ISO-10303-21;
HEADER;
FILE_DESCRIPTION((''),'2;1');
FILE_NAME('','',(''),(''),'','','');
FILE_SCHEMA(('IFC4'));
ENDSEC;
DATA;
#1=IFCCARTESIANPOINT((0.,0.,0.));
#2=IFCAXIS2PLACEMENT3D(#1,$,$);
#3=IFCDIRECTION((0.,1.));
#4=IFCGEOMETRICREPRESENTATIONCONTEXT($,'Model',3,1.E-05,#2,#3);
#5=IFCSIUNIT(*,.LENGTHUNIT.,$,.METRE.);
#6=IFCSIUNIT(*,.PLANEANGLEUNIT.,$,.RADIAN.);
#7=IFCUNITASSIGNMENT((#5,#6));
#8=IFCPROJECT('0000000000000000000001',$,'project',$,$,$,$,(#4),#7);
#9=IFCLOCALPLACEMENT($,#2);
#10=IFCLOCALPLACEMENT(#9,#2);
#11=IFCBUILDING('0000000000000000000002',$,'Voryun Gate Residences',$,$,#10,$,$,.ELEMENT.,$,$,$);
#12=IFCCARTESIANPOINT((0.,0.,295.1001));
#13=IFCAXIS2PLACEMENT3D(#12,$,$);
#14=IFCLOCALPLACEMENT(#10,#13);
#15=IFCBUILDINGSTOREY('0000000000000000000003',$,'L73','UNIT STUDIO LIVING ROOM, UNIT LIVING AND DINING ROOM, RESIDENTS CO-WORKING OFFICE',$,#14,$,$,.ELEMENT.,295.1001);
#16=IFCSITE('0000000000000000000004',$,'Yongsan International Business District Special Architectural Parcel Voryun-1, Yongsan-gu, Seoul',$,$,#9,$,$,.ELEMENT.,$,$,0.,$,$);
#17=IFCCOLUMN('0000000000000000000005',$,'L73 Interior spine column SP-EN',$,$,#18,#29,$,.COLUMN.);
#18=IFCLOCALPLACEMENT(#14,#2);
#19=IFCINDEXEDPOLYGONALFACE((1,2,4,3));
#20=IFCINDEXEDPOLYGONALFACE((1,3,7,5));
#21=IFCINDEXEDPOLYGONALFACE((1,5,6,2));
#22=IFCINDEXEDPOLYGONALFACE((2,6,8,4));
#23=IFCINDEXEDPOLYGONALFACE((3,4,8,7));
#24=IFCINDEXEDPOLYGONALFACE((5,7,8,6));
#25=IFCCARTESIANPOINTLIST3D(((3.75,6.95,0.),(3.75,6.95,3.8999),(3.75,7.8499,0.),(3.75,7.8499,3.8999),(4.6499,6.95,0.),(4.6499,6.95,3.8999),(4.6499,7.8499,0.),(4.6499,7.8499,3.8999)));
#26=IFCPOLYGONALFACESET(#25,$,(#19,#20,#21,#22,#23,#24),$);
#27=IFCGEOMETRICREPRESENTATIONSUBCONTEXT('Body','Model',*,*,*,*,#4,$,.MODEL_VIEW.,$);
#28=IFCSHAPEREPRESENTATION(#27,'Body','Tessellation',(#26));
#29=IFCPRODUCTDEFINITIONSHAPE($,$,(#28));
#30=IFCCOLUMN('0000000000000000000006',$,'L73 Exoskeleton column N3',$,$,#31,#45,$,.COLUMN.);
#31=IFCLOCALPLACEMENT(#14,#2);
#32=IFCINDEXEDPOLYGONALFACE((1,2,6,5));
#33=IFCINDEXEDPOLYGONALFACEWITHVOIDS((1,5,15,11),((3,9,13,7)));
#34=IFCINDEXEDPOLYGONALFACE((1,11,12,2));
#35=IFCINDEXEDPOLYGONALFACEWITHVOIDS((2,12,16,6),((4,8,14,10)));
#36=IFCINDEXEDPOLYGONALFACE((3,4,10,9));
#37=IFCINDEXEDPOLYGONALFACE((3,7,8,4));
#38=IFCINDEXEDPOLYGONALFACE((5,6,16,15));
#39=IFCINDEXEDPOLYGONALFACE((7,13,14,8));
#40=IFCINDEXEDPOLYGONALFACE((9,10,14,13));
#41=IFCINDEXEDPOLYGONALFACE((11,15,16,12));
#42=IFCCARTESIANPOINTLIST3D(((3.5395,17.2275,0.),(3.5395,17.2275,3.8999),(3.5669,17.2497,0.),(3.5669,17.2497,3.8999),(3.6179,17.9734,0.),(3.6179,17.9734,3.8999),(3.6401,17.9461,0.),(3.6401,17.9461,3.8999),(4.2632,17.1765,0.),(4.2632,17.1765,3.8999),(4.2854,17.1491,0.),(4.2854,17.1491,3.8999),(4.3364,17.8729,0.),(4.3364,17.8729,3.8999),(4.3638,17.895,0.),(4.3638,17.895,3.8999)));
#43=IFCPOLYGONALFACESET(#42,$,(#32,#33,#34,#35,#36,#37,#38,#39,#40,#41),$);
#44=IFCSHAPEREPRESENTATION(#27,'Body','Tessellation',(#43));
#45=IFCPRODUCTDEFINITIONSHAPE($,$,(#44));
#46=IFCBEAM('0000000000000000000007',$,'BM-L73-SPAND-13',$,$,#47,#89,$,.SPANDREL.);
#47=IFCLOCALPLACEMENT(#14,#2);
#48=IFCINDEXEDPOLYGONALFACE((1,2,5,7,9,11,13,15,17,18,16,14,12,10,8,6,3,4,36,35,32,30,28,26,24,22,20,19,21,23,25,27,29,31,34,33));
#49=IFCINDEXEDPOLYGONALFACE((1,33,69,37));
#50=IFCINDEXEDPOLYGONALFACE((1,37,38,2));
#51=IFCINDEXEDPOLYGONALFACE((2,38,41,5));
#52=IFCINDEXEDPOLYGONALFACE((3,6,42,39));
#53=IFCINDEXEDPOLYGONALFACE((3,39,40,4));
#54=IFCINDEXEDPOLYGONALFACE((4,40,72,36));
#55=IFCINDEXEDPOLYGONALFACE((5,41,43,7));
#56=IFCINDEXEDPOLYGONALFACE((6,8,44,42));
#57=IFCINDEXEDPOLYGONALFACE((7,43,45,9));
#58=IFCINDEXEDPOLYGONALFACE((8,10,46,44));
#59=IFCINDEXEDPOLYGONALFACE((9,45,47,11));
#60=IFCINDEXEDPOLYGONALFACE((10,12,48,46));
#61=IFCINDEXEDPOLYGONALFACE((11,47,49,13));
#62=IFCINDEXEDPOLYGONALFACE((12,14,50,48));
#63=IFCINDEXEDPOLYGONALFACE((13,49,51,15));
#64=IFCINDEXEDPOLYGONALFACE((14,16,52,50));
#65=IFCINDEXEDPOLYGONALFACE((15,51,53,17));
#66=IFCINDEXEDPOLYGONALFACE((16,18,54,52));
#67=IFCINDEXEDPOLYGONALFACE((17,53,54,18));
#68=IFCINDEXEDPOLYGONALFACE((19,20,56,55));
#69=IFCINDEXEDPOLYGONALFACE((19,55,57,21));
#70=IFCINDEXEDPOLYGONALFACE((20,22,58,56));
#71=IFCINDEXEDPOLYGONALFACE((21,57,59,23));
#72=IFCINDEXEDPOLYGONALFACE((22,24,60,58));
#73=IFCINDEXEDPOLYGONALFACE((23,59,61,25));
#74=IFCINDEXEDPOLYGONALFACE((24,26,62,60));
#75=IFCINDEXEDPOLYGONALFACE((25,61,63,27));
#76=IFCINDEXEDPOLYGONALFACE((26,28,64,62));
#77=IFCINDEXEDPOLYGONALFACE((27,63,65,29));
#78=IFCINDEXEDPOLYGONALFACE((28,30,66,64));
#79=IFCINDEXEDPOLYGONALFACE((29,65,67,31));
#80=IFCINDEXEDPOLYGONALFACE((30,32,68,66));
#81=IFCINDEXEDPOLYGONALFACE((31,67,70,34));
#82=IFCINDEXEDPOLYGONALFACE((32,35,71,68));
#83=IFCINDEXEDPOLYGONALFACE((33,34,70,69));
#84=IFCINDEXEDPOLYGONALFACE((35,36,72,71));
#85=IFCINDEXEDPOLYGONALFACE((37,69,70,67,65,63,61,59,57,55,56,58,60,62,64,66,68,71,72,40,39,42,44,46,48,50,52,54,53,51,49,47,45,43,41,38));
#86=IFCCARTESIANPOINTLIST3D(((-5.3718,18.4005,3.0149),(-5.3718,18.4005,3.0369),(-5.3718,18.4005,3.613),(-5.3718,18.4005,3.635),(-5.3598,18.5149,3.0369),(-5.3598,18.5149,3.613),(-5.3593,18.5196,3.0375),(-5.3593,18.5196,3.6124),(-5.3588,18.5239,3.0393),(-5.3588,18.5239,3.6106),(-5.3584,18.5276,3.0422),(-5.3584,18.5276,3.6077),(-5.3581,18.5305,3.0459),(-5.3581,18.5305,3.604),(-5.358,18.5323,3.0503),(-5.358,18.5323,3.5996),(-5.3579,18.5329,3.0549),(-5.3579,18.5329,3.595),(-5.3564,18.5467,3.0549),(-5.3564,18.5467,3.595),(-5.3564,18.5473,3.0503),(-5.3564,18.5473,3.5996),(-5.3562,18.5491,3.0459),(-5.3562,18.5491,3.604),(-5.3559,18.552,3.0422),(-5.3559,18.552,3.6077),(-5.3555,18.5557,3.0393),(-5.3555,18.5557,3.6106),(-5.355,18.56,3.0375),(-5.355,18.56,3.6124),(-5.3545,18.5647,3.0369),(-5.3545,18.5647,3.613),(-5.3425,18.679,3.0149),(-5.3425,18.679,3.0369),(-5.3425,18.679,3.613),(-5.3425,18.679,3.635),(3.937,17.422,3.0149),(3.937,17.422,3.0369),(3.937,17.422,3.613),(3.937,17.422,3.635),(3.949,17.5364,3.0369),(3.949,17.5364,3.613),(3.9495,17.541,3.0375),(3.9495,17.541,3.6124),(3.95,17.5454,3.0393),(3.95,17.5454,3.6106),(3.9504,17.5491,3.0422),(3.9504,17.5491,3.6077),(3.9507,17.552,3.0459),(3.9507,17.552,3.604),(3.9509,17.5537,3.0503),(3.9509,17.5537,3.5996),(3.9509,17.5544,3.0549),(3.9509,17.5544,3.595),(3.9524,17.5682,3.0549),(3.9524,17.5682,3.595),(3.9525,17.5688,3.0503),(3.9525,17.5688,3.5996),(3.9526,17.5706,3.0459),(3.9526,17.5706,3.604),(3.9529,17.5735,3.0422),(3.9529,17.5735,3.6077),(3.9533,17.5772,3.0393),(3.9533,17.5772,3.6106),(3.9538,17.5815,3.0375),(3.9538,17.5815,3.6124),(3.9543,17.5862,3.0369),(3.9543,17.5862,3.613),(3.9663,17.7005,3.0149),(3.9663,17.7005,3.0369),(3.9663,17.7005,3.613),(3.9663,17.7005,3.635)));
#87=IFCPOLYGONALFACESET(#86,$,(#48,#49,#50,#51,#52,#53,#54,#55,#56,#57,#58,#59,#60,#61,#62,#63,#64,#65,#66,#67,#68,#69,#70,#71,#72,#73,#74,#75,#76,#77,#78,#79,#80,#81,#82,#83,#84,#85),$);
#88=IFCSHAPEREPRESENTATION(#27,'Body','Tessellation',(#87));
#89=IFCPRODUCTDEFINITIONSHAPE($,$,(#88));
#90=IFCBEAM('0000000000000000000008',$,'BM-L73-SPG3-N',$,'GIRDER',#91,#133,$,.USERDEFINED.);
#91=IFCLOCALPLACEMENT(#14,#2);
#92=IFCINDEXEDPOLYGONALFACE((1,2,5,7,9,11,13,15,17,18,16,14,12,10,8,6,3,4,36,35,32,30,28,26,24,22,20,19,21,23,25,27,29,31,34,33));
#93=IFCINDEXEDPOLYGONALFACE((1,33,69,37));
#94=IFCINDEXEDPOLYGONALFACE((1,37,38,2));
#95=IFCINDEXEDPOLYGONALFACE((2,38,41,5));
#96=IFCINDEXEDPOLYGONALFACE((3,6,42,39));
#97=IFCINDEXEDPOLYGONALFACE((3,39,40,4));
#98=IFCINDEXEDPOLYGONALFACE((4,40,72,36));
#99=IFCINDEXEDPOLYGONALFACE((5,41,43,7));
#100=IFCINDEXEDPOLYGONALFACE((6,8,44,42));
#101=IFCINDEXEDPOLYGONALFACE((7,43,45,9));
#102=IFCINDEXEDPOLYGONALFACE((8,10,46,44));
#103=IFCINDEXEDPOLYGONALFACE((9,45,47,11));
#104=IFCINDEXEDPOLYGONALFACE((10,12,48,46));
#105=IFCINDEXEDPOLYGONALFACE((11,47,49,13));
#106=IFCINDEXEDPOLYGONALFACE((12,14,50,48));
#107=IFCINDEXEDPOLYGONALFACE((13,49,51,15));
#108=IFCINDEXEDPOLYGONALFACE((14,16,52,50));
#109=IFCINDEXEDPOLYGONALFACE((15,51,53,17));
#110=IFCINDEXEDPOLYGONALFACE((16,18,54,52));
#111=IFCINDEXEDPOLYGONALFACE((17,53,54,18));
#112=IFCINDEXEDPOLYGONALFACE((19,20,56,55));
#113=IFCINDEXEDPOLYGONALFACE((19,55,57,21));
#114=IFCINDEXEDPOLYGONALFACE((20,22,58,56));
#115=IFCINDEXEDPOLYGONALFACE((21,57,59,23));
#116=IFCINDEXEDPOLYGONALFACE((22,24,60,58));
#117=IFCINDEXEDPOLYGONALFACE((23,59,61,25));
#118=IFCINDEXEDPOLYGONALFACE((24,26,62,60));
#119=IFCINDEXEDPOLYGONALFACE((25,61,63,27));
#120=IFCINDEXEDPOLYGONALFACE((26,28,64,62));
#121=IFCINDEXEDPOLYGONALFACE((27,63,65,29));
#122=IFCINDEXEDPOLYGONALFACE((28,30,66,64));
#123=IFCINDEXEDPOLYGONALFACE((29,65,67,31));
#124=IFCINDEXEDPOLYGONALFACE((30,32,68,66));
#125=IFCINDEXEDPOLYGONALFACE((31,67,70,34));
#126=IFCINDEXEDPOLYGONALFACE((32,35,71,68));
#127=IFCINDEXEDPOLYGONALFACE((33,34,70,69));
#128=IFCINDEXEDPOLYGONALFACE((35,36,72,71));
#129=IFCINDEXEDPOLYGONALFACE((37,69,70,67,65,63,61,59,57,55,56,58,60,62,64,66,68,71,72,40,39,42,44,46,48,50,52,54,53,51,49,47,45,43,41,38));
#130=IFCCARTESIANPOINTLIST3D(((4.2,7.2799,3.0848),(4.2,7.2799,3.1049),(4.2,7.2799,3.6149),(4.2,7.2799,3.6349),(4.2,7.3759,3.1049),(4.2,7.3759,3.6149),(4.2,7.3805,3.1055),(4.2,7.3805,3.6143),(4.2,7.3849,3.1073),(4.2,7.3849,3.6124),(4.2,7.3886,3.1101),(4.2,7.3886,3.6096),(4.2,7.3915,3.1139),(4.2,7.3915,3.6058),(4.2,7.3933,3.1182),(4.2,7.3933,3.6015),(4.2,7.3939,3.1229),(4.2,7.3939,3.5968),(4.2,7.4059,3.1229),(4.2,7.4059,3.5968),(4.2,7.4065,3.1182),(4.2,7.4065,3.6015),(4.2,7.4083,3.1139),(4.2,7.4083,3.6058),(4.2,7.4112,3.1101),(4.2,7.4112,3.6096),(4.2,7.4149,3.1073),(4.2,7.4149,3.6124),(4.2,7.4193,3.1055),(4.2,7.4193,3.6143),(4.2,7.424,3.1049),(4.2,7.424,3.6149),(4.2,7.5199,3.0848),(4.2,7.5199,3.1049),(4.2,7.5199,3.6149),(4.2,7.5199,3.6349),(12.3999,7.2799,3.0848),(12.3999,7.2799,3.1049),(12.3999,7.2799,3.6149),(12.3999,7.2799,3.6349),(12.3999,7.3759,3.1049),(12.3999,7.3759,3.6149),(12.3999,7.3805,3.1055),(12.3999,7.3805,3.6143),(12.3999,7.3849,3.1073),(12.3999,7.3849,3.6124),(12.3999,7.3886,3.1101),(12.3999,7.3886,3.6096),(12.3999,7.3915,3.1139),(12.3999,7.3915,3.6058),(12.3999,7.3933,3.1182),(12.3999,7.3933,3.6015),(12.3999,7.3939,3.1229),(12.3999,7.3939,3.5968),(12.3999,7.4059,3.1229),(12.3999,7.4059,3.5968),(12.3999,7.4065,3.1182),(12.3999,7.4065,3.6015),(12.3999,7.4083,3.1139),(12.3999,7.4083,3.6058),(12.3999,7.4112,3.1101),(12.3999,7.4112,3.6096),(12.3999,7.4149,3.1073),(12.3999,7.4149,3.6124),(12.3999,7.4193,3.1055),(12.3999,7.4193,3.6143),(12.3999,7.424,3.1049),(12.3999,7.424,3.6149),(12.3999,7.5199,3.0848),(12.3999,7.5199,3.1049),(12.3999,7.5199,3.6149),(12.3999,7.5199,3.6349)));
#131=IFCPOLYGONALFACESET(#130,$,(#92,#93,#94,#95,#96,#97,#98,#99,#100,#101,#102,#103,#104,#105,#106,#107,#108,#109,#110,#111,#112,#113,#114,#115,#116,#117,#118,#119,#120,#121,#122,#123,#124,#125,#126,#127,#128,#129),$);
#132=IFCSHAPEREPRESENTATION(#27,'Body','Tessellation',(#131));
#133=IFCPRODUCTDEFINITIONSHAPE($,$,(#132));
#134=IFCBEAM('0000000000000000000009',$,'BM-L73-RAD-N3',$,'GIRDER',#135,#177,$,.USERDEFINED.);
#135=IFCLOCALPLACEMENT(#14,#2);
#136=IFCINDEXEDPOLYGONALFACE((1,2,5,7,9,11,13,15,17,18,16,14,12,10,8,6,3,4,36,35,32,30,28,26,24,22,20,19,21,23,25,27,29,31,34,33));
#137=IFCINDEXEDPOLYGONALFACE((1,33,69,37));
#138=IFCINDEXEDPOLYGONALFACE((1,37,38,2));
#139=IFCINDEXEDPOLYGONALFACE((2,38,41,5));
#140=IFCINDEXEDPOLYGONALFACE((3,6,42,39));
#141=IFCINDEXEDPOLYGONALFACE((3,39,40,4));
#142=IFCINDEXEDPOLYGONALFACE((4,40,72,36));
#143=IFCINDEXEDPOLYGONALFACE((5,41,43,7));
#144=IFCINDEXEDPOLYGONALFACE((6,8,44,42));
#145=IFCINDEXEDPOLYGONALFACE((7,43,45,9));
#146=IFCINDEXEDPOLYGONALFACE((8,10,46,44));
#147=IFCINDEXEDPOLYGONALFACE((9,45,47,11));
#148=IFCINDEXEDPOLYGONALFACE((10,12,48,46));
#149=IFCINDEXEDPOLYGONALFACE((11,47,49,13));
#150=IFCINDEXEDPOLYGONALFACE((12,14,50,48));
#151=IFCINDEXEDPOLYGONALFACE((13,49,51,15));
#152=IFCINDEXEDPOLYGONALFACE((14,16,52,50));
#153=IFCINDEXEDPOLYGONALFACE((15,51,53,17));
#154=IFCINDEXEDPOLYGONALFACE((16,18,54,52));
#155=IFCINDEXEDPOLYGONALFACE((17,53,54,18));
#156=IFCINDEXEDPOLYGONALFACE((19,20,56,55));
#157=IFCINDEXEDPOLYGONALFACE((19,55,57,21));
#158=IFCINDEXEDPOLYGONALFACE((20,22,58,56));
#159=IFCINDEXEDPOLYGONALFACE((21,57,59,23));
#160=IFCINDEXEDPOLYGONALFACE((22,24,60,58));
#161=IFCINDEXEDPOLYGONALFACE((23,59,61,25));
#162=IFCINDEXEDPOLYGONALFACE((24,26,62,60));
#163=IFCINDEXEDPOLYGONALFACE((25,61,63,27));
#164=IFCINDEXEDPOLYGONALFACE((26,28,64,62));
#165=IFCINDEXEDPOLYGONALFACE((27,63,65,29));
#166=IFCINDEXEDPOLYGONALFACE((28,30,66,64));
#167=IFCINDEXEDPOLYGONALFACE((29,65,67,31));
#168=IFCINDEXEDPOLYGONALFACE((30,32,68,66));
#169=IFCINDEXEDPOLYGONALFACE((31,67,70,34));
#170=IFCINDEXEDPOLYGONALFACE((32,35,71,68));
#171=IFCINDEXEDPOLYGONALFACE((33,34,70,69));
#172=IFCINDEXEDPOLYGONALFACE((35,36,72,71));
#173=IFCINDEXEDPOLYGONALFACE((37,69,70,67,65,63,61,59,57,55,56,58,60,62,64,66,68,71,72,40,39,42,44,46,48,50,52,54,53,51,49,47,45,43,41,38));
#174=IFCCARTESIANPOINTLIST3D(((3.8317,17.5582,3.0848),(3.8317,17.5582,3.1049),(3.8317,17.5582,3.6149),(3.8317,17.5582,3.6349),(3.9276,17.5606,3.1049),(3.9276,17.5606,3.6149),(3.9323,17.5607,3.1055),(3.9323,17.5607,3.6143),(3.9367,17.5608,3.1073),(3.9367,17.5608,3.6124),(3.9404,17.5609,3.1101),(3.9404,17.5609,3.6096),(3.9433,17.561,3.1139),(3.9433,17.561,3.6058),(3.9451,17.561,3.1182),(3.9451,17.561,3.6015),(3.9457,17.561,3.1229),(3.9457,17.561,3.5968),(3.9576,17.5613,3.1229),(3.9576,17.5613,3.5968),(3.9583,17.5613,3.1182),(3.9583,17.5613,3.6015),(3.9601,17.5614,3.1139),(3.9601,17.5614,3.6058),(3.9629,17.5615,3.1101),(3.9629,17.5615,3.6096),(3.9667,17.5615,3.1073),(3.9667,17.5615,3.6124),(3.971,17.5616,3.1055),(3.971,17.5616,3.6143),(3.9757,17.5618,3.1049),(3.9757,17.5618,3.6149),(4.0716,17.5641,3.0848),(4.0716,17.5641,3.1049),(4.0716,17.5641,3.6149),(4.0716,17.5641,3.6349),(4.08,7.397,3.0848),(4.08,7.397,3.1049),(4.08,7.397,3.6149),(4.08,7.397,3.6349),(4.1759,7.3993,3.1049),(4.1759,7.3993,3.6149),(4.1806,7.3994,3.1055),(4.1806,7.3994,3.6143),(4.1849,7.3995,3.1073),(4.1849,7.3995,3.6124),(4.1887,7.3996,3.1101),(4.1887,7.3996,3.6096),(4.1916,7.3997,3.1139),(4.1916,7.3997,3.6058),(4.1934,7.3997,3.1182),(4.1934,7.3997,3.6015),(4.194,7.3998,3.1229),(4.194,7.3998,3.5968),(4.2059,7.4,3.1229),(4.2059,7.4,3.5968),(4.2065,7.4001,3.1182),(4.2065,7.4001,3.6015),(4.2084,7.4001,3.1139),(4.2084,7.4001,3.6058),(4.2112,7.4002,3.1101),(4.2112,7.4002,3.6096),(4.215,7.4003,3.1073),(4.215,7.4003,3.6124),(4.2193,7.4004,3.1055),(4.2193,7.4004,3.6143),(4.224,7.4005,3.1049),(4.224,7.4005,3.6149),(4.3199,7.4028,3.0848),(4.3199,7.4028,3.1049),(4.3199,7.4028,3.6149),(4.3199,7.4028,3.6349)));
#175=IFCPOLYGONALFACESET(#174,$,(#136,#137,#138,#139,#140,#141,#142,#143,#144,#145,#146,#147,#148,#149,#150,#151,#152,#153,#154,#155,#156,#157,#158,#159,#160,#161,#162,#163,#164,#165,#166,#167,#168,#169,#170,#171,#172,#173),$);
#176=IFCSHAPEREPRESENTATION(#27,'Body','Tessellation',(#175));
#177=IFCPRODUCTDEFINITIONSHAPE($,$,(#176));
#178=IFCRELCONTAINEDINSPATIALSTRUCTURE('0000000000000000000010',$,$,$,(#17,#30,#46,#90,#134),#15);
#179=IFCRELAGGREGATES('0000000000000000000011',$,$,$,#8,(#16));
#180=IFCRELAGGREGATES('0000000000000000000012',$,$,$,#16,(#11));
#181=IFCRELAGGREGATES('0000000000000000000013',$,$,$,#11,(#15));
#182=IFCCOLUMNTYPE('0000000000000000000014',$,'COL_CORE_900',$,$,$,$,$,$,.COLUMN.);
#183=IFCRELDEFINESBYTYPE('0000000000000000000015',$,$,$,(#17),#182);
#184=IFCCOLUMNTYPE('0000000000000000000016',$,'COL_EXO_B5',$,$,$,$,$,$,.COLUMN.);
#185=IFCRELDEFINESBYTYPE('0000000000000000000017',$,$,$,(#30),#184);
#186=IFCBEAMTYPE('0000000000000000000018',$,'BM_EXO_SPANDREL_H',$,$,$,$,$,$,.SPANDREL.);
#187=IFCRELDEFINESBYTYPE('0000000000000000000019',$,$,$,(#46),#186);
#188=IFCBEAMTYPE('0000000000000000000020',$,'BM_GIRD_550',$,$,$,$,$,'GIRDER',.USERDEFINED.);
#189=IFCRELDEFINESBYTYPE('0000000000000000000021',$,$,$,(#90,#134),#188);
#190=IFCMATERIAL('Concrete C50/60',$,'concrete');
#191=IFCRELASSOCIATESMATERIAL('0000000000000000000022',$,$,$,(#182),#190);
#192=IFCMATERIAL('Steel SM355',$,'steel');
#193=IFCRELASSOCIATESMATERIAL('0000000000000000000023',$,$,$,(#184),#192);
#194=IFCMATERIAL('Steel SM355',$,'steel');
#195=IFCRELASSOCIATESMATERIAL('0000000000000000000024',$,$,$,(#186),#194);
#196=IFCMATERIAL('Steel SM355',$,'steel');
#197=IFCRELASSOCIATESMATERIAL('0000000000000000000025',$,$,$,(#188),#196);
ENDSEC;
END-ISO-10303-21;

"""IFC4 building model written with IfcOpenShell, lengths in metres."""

from ifc_helpers import new_model, si_unit, direction, frame, origin, origin_2d, place, context, subcontext, project, spatial, rectangle, hollow_rectangle, i_section, extrude, material, material_profile, profile_set, type_object, element, save


model = new_model("IFC4")

# Units and contexts
model_context = context("Model", 3, precision=1e-05, world=origin(), true_north=direction((0.0, 1.0)))
body_context = subcontext(model_context, "Body", "Model", "MODEL_VIEW")
ifc_project = project(units=[si_unit("LENGTHUNIT", "METRE"), si_unit("PLANEANGLEUNIT", "RADIAN")], contexts=[model_context])

# Site, building, storey
site_placement = place(None, origin())
site = spatial("IfcSite", under=ifc_project, at=site_placement, Name="Yongsan International Business District Special Architectural Parcel Voryun-1, Yongsan-gu, Seoul", CompositionType="ELEMENT", RefElevation=0.0)
building_placement = place(site_placement, origin())
building = spatial("IfcBuilding", under=site, at=building_placement, Name="Voryun Gate Residences", CompositionType="ELEMENT")
storey_placement = place(building_placement, frame((0.0, 0.0, 295.1001)))
storey = spatial("IfcBuildingStorey", under=building, at=storey_placement, Name="L73", Description="UNIT STUDIO LIVING ROOM, UNIT LIVING AND DINING ROOM, RESIDENTS CO-WORKING OFFICE", CompositionType="ELEMENT", Elevation=295.1001)

# Columns
ifc_material_1 = material(Name="Concrete C50/60", Category="concrete")
ifc_material_profile_1 = material_profile(ifc_material_1, rectangle(XDim=0.8999, YDim=0.8999, at=origin_2d()), Name="RC-900x900")
ifc_profile_set_1 = profile_set([ifc_material_profile_1], Name="Concrete C50/60")
column_type_1 = type_object("IfcColumnType", Name="COL_CORE_900", PredefinedType="COLUMN", material=ifc_profile_set_1)
column_1_placement = place(storey_placement, frame((4.2, 7.3999, 0.0), z_axis=(0.0, 0.0, 1.0), x_axis=(1.0, 0.0, 0.0)))
element("IfcColumn", 1, at=column_1_placement, inside=storey, type_object=column_type_1, Name="L73 Interior spine column SP-EN", PredefinedType="COLUMN", context=body_context, shape_type="SweptSolid", body=[
    extrude(rectangle(XDim=0.8999, YDim=0.8999, at=origin_2d()), origin(), (0.0, 0.0, 1.0), 3.8999),
])
ifc_material_2 = material(Name="Steel SM355", Category="steel")
ifc_material_profile_2 = material_profile(ifc_material_2, hollow_rectangle(XDim=0.75, YDim=0.75, WallThickness=0.0249, at=origin_2d()), Name="BOX-750x750x25")
ifc_profile_set_2 = profile_set([ifc_material_profile_2], Name="Steel SM355")
column_type_2 = type_object("IfcColumnType", Name="COL_EXO_B5", PredefinedType="COLUMN", material=ifc_profile_set_2)
column_2_placement = place(storey_placement, frame((3.9517, 17.5613, 0.0), z_axis=(0.0, 0.0, 1.0), x_axis=(0.994522, -0.104528, 0.0)))
element("IfcColumn", 2, at=column_2_placement, inside=storey, type_object=column_type_2, Name="L73 Exoskeleton column N3", PredefinedType="COLUMN", context=body_context, shape_type="SweptSolid", body=[
    extrude(hollow_rectangle(XDim=0.75, YDim=0.75, WallThickness=0.0249, at=origin_2d()), origin(), (0.0, 0.0, 1.0), 3.8999),
])

# Beams
ifc_material_3 = material(Name="Steel SM355", Category="steel")
ifc_material_profile_3 = material_profile(ifc_material_3, i_section(OverallWidth=0.28, OverallDepth=0.6201, WebThickness=0.0139, FlangeThickness=0.022, FilletRadius=0.0181, at=origin_2d()), Name="H-620x280x14x22")
ifc_profile_set_3 = profile_set([ifc_material_profile_3], Name="Steel SM355")
beam_type_1 = type_object("IfcBeamType", Name="BM_EXO_SPANDREL_H", PredefinedType="SPANDREL", material=ifc_profile_set_3)
beam_1_placement = place(storey_placement, frame((3.9517, 17.5613, 3.325), z_axis=(-0.994521, 0.104541, 0.0), x_axis=(-0.104541, -0.994521, 0.0)))
element("IfcBeam", 3, at=beam_1_placement, inside=storey, type_object=beam_type_1, Name="BM-L73-SPAND-13", PredefinedType="SPANDREL", context=body_context, shape_type="SweptSolid", body=[
    extrude(i_section(OverallWidth=0.28, OverallDepth=0.6201, WebThickness=0.0139, FlangeThickness=0.022, FilletRadius=0.0181, at=origin_2d()), origin(), (0.0, 0.0, 1.0), 9.3601),
])
ifc_material_4 = material(Name="Steel SM355", Category="steel")
ifc_material_profile_4 = material_profile(ifc_material_4, i_section(OverallWidth=0.24, OverallDepth=0.55, WebThickness=0.012, FlangeThickness=0.02, FilletRadius=0.0181, at=origin_2d()), Name="H-550x240x12x20")
ifc_profile_set_4 = profile_set([ifc_material_profile_4], Name="Steel SM355")
beam_type_2 = type_object("IfcBeamType", Name="BM_GIRD_550", ElementType="GIRDER", PredefinedType="USERDEFINED", material=ifc_profile_set_4)
beam_2_placement = place(storey_placement, frame((4.2, 7.3999, 3.3599), z_axis=(1.0, 0.0, 0.0), x_axis=(0.0, 1.0, 0.0)))
element("IfcBeam", 4, at=beam_2_placement, inside=storey, type_object=beam_type_2, Name="BM-L73-SPG3-N", ObjectType="GIRDER", PredefinedType="USERDEFINED", context=body_context, shape_type="SweptSolid", body=[
    extrude(i_section(OverallWidth=0.24, OverallDepth=0.55, WebThickness=0.012, FlangeThickness=0.02, FilletRadius=0.0181, at=origin_2d()), origin(), (0.0, 0.0, 1.0), 8.2),
])
beam_3_placement = place(storey_placement, frame((4.2, 7.3999, 3.3599), z_axis=(-0.024427, 0.999702, 0.0), x_axis=(-0.999702, -0.024427, 0.0)))
element("IfcBeam", 5, at=beam_3_placement, inside=storey, type_object=beam_type_2, Name="BM-L73-RAD-N3", ObjectType="GIRDER", PredefinedType="USERDEFINED", context=body_context, shape_type="SweptSolid", body=[
    extrude(i_section(OverallWidth=0.24, OverallDepth=0.55, WebThickness=0.012, FlangeThickness=0.02, FilletRadius=0.0181, at=origin_2d()), origin(), (0.0, 0.0, 1.0), 10.1643),
])

save(model, "model.ifc")
